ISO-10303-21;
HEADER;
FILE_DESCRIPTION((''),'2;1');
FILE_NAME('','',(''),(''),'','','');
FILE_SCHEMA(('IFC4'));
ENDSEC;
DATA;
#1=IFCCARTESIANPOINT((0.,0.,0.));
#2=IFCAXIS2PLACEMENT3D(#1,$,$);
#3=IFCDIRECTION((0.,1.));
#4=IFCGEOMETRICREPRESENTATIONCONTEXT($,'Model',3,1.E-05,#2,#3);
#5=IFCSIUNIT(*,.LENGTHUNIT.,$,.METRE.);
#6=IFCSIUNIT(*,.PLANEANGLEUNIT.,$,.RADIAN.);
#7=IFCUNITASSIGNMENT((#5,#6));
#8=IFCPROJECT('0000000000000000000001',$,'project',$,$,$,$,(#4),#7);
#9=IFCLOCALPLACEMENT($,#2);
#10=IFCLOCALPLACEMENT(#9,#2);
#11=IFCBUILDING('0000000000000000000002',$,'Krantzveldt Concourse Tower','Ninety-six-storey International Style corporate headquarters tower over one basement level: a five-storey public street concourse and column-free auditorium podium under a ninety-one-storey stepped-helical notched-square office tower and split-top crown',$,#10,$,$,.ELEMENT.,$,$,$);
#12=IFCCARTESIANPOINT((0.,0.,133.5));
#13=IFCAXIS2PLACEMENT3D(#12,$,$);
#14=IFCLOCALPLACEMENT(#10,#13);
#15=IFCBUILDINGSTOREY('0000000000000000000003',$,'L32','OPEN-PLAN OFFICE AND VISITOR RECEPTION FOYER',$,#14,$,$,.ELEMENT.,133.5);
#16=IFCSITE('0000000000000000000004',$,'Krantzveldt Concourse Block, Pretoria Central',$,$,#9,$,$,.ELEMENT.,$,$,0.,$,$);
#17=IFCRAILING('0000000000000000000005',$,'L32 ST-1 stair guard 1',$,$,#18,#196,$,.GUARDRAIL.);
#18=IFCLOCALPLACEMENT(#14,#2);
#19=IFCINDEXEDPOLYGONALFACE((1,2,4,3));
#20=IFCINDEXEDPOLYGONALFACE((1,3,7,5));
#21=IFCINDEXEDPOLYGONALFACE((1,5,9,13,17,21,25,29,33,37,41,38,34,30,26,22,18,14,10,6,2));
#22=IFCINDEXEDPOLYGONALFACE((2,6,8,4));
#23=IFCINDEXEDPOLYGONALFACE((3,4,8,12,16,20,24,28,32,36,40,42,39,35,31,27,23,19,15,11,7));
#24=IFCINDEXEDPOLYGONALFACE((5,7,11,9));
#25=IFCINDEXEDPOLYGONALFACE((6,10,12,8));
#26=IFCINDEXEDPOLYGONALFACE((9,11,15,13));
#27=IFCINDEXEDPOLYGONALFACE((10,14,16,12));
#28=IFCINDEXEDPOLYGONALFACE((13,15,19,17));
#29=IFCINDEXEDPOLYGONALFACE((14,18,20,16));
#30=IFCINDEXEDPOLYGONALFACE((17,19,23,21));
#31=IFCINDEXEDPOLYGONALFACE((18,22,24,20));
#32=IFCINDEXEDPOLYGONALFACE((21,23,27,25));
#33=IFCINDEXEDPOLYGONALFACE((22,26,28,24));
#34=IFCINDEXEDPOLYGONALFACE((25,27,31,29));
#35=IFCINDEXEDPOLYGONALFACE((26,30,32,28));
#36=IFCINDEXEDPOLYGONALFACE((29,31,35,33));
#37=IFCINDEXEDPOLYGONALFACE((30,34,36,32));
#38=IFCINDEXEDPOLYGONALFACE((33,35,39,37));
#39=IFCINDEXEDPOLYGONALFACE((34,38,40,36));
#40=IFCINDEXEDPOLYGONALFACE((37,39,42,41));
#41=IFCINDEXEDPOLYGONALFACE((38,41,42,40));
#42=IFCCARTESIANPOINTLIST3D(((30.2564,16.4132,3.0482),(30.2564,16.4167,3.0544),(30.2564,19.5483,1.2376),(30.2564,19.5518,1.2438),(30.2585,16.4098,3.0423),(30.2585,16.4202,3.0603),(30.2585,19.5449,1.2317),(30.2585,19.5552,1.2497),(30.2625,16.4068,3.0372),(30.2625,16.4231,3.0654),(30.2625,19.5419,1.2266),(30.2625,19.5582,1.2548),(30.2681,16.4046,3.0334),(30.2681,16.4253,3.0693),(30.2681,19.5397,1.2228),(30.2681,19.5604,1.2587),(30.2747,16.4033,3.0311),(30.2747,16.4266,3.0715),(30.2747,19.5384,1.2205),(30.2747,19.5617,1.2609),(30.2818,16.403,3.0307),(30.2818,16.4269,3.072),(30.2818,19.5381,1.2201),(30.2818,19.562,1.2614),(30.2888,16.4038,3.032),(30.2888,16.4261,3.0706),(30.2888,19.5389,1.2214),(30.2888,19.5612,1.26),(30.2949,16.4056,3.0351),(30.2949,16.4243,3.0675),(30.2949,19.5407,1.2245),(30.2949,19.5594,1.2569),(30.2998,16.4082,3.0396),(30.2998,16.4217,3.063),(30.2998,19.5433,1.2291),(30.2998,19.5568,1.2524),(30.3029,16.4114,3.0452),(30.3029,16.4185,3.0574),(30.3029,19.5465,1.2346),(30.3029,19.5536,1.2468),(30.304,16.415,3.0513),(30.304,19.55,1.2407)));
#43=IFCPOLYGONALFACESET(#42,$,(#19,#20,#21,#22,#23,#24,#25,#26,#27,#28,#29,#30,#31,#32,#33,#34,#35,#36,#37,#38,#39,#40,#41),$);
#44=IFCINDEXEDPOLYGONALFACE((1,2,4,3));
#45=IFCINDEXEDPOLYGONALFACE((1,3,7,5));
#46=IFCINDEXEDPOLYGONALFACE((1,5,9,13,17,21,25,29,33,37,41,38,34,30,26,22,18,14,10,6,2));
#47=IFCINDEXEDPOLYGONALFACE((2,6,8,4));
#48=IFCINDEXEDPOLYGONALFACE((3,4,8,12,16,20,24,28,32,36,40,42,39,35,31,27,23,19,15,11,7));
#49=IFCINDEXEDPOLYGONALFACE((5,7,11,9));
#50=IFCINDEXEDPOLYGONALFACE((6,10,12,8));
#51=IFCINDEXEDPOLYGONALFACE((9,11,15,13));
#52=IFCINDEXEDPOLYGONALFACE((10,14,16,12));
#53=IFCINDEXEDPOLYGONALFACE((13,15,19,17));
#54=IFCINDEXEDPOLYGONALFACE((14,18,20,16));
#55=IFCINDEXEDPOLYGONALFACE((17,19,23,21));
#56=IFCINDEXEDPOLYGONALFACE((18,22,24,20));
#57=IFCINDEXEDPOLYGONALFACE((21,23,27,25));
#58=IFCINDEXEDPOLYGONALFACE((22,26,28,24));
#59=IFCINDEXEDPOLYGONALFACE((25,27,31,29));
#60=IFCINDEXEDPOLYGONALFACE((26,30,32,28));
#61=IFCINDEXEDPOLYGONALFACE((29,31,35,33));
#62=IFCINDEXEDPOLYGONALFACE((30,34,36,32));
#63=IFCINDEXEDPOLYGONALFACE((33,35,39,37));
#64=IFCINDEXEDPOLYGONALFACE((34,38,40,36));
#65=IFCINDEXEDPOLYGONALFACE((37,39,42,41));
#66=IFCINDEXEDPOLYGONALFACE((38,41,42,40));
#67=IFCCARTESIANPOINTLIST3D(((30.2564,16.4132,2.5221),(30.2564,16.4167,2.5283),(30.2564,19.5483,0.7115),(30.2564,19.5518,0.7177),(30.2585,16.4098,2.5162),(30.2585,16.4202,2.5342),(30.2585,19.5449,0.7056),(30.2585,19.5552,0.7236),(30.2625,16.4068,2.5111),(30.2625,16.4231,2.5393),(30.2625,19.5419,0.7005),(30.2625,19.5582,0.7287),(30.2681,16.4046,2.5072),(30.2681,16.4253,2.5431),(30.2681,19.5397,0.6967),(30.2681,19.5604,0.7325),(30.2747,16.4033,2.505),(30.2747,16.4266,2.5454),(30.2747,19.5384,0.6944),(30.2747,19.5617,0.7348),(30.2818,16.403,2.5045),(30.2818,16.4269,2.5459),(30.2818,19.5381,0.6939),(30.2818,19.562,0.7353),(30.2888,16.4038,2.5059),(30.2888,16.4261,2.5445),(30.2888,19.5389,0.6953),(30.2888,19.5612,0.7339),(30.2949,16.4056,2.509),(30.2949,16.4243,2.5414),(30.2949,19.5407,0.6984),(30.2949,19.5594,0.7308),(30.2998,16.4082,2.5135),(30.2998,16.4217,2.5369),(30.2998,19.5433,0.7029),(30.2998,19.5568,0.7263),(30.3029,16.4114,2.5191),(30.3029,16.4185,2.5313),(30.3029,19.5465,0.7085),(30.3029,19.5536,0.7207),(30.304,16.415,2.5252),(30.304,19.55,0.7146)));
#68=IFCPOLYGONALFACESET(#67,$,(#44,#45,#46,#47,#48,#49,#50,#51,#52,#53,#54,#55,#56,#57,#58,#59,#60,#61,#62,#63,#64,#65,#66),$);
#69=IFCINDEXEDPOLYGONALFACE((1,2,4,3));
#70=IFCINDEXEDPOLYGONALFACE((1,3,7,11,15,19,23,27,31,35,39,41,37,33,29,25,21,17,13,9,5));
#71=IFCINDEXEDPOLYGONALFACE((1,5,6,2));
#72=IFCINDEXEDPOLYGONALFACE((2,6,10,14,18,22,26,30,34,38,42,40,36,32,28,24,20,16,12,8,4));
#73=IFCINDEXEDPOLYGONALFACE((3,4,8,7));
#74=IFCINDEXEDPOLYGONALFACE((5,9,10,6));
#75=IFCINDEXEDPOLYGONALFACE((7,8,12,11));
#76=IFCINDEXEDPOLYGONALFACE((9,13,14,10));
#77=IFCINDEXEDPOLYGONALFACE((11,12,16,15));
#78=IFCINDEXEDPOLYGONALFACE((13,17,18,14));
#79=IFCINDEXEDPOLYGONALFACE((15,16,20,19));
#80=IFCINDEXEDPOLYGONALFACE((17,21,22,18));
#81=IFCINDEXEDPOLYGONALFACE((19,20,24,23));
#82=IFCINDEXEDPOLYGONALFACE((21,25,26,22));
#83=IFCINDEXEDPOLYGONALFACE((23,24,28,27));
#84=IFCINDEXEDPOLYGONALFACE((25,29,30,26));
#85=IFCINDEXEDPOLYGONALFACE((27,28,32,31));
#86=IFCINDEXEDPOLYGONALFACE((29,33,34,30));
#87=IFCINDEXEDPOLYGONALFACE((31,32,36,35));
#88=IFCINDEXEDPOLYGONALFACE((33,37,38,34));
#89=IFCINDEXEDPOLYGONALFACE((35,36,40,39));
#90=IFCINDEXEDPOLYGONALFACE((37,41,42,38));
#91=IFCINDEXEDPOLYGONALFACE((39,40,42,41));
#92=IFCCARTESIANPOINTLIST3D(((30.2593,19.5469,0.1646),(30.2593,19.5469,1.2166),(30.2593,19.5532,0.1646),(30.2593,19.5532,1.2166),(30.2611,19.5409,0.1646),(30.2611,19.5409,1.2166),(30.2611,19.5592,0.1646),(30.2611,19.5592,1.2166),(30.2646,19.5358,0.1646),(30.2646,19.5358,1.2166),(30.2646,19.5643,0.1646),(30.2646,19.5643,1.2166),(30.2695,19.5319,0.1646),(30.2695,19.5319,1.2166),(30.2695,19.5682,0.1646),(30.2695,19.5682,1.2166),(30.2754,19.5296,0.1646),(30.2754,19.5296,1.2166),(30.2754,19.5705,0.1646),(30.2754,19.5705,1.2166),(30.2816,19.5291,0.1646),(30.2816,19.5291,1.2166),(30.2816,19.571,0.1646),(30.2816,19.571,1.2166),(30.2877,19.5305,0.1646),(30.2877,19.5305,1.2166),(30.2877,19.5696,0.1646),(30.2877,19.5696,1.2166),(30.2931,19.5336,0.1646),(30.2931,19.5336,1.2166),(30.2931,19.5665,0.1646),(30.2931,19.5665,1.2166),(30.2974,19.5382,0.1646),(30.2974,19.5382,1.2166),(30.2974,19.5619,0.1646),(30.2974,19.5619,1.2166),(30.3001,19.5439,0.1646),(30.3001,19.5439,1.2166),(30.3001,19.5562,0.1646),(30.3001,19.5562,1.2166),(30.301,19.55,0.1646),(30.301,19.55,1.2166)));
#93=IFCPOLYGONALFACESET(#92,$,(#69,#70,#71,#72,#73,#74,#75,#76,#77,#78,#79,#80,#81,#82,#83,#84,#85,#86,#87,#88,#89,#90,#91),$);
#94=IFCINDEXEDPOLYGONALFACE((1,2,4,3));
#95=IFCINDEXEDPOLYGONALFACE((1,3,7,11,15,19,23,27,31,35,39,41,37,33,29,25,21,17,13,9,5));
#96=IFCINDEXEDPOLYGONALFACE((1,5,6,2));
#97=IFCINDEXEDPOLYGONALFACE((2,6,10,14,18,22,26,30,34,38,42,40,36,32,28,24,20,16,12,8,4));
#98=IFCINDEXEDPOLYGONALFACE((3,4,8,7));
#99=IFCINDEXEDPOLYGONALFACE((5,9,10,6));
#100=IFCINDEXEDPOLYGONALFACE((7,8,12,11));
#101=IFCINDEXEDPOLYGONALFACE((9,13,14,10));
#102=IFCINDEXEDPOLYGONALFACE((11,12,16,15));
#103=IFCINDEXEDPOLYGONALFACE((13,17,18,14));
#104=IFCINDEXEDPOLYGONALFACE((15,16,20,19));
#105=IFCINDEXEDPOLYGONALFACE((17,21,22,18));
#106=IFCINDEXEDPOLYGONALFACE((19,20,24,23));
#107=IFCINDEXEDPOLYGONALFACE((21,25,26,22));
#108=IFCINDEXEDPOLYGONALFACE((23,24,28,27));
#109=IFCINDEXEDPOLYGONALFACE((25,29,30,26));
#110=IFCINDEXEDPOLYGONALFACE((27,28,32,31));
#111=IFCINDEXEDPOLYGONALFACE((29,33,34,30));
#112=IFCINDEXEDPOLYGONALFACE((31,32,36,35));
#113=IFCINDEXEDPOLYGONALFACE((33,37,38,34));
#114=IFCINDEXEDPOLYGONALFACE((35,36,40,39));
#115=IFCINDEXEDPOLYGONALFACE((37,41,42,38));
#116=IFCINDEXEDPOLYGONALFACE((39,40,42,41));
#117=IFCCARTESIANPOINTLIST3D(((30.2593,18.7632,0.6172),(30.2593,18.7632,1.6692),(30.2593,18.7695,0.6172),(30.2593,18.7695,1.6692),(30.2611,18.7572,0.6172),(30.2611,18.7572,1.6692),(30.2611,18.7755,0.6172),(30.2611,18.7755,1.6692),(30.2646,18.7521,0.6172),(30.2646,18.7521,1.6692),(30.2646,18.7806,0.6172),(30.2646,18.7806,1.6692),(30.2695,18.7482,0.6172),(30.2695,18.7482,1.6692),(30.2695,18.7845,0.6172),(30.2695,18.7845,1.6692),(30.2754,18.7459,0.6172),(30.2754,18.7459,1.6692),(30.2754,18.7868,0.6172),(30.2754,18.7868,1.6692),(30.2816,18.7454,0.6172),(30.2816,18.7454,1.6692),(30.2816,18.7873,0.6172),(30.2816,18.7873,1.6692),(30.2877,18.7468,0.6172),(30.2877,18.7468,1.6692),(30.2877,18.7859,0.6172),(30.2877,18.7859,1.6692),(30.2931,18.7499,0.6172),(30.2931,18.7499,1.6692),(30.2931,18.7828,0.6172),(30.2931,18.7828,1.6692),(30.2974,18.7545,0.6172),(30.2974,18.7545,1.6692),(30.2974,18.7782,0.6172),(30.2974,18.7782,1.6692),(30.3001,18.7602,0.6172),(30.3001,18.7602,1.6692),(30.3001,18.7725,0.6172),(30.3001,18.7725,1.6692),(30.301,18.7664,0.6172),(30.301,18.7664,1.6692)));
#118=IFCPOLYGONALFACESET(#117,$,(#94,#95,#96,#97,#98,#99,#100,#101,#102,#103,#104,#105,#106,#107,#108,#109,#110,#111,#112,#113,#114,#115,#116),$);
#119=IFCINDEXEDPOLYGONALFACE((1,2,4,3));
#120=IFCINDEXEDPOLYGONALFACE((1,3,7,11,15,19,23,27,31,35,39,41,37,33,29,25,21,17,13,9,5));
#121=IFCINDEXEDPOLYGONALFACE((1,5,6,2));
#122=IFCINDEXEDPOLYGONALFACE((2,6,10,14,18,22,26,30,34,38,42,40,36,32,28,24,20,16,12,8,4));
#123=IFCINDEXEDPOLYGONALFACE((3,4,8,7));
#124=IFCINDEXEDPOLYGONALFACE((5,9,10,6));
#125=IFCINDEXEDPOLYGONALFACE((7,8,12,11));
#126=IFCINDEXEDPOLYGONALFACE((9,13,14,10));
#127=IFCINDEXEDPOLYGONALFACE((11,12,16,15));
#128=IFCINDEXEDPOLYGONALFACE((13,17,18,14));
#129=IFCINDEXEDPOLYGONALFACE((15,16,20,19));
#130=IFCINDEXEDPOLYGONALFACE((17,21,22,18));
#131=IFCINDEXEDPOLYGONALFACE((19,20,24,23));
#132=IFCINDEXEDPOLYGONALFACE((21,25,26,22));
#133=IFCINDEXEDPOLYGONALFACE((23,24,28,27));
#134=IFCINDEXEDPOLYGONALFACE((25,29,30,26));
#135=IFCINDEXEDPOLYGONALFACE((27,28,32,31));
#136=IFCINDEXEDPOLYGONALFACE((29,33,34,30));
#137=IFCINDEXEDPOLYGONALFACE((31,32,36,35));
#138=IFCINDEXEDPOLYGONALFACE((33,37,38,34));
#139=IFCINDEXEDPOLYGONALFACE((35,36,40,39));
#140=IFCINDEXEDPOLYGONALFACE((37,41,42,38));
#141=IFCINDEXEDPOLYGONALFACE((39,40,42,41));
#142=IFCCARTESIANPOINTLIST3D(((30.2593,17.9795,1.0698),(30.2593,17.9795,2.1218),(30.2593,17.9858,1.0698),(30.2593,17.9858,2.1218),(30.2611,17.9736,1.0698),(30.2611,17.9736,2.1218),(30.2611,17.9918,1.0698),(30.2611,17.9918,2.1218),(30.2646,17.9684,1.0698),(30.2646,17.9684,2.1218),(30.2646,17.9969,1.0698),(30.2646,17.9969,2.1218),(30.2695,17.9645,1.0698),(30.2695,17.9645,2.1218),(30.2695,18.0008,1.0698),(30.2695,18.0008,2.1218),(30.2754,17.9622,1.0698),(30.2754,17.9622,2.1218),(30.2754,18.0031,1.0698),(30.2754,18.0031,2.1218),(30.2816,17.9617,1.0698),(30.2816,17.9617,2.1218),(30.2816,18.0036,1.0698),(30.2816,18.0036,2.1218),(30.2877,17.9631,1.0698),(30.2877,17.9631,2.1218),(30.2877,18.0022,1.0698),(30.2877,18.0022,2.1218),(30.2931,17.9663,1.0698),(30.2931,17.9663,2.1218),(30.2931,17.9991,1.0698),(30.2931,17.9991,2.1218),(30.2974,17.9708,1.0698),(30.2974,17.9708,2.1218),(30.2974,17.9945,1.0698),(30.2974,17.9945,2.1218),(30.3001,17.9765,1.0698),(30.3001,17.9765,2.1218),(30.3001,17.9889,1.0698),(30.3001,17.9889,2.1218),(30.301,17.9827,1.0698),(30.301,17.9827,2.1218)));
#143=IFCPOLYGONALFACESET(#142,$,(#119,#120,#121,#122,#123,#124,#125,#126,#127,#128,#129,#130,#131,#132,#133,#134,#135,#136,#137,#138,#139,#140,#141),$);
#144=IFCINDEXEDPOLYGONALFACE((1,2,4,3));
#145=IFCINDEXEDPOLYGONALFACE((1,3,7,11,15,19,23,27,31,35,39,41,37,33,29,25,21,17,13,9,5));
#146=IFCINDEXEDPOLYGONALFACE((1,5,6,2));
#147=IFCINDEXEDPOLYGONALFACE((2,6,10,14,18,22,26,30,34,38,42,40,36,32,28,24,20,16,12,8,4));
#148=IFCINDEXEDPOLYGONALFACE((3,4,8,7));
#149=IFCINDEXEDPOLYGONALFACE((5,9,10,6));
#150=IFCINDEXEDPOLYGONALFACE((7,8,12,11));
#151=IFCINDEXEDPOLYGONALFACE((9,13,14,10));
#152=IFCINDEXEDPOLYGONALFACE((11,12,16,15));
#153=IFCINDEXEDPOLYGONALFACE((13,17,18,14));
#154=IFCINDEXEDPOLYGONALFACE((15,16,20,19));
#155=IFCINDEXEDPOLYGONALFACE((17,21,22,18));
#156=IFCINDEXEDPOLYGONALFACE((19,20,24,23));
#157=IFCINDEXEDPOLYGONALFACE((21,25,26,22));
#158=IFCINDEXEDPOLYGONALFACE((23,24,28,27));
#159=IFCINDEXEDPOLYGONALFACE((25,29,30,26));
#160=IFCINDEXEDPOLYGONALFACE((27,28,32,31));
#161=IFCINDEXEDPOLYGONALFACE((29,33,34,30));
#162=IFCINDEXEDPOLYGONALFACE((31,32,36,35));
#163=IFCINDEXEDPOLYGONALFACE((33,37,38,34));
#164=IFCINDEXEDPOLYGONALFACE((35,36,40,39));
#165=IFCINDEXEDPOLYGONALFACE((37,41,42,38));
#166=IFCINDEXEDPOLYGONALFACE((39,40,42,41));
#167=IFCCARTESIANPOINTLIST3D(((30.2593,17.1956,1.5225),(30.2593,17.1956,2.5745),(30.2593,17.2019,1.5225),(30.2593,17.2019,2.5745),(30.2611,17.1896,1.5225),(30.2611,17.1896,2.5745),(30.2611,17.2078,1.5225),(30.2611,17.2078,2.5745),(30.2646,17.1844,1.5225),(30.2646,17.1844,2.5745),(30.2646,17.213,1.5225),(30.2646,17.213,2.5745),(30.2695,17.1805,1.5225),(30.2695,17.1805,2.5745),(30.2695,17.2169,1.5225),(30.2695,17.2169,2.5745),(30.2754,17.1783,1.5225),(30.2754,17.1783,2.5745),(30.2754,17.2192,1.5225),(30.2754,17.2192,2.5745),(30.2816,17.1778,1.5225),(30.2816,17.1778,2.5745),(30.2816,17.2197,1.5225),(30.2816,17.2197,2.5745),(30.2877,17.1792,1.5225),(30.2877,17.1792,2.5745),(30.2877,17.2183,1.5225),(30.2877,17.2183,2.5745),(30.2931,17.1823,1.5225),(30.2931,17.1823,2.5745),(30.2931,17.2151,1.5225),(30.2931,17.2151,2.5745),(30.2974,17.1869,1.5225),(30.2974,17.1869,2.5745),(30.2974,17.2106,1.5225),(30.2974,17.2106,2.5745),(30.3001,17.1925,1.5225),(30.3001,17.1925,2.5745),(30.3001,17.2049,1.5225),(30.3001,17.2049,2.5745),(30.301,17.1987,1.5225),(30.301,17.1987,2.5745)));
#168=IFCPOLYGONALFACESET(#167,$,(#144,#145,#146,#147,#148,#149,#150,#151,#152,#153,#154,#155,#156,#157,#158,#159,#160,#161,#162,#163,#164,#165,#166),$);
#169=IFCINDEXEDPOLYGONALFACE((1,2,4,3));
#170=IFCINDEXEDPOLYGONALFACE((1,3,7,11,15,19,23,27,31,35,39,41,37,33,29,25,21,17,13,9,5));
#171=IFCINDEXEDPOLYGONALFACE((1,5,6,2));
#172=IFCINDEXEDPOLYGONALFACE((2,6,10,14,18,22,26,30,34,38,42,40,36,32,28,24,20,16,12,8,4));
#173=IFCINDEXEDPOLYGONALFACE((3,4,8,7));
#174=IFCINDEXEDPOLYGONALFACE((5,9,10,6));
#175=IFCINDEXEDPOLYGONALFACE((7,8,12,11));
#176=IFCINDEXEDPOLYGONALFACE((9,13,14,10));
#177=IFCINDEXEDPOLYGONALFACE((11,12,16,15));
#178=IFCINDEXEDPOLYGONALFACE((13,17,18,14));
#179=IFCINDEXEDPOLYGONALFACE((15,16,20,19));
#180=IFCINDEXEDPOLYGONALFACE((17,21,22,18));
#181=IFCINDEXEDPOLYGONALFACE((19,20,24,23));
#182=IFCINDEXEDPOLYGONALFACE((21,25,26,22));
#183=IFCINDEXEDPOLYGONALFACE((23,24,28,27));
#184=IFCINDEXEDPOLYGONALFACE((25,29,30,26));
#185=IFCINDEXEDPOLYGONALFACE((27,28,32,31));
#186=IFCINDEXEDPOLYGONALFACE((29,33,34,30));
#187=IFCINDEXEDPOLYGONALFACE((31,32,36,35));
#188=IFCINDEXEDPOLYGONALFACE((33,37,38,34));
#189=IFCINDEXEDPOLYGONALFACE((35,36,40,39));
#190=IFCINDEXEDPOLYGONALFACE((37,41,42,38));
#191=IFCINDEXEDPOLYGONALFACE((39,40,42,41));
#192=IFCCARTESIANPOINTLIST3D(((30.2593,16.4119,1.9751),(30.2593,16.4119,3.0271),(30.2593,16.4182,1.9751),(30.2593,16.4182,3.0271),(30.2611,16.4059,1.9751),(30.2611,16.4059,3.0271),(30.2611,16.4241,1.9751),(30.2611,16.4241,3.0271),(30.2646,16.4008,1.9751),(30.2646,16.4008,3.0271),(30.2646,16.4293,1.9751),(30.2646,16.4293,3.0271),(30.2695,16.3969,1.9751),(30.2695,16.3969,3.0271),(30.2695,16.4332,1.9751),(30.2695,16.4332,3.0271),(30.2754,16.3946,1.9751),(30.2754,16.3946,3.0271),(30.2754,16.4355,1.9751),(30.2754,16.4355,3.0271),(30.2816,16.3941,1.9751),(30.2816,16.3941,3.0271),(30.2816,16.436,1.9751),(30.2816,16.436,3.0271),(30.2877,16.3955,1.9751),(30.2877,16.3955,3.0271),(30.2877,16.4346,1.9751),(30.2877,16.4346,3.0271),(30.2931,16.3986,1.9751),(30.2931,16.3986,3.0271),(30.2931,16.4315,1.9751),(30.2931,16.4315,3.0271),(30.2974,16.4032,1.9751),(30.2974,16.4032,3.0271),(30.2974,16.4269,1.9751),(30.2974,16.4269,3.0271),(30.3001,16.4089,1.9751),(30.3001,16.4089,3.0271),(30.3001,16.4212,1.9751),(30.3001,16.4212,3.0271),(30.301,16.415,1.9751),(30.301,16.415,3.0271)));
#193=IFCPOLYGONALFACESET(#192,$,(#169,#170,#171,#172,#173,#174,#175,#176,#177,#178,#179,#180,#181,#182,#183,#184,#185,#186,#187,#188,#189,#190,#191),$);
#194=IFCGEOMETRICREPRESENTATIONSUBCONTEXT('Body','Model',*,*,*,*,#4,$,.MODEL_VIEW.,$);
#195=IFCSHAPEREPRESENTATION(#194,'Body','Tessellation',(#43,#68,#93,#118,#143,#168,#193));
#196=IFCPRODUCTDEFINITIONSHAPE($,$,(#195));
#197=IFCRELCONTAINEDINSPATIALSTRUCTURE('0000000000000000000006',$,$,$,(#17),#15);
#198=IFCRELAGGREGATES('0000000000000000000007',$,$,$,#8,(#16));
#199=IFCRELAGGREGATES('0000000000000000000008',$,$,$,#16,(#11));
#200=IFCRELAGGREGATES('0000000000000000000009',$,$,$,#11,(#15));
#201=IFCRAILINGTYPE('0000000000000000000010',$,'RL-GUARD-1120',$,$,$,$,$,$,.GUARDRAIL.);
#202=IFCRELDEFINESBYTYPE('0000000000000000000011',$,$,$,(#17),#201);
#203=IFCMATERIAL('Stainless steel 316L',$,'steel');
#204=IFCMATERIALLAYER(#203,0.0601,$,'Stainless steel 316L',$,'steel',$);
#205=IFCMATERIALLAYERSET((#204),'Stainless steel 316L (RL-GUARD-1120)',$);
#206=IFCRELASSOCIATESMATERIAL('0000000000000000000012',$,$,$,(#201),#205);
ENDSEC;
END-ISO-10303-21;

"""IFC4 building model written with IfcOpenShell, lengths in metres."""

from ifc_helpers import new_model, si_unit, direction, frame, origin, origin_2d, place, context, subcontext, project, spatial, circle, extrude, material, layer, layer_set, type_object, element, save


model = new_model("IFC4")

# Units and contexts
model_context = context("Model", 3, precision=1e-05, world=origin(), true_north=direction((0.0, 1.0)))
body_context = subcontext(model_context, "Body", "Model", "MODEL_VIEW")
ifc_project = project(units=[si_unit("LENGTHUNIT", "METRE"), si_unit("PLANEANGLEUNIT", "RADIAN")], contexts=[model_context])

# Site, building, storey
site_placement = place(None, origin())
site = spatial("IfcSite", under=ifc_project, at=site_placement, Name="Krantzveldt Concourse Block, Pretoria Central", CompositionType="ELEMENT", RefElevation=0.0)
building_placement = place(site_placement, origin())
building = spatial("IfcBuilding", under=site, at=building_placement, Name="Krantzveldt Concourse Tower", Description="Ninety-six-storey International Style corporate headquarters tower over one basement level: a five-storey public street concourse and column-free auditorium podium under a ninety-one-storey stepped-helical notched-square office tower and split-top crown", CompositionType="ELEMENT")
storey_placement = place(building_placement, frame((0.0, 0.0, 133.5)))
storey = spatial("IfcBuildingStorey", under=building, at=storey_placement, Name="L32", Description="OPEN-PLAN OFFICE AND VISITOR RECEPTION FOYER", CompositionType="ELEMENT", Elevation=133.5)

# Shared definitions
ifc_material_1 = material(Name="Stainless steel 316L", Category="steel")

# Railing
ifc_layer_1 = layer(ifc_material_1, 0.0601, Name="Stainless steel 316L", Category="steel")
ifc_layer_set_1 = layer_set([ifc_layer_1], Name="Stainless steel 316L (RL-GUARD-1120)")
railing_type_1 = type_object("IfcRailingType", Name="RL-GUARD-1120", PredefinedType="GUARDRAIL", material=ifc_layer_set_1)
railing_1_placement = place(storey_placement, frame((30.28, 19.55, 0.1646)))
element("IfcRailing", 1, at=railing_1_placement, inside=storey, type_object=railing_type_1, Name="L32 ST-1 stair guard 1", PredefinedType="GUARDRAIL", context=body_context, shape_type="SweptSolid", body=[
    extrude(circle(Radius=0.0239, at=origin_2d()), frame((0.0, 0.0, 1.0762), z_axis=(0.0, -0.86596, 0.500114), x_axis=(1.0, 0.0, 0.0)), (0.0, 0.0, 1.0), 3.6204),
    extrude(circle(Radius=0.0239, at=origin_2d()), frame((0.0, 0.0, 0.55), z_axis=(0.0, -0.86596, 0.500114), x_axis=(1.0, 0.0, 0.0)), (0.0, 0.0, 1.0), 3.6204),
    extrude(circle(Radius=0.021, at=origin_2d()), origin(), (0.0, 0.0, 1.0), 1.052),
    extrude(circle(Radius=0.021, at=origin_2d()), frame((0.0, -0.7837, 0.4526)), (0.0, 0.0, 1.0), 1.052),
    extrude(circle(Radius=0.021, at=origin_2d()), frame((0.0, -1.5674, 0.9053)), (0.0, 0.0, 1.0), 1.052),
    extrude(circle(Radius=0.021, at=origin_2d()), frame((0.0, -2.3513, 1.3579)), (0.0, 0.0, 1.0), 1.052),
    extrude(circle(Radius=0.021, at=origin_2d()), frame((0.0, -3.135, 1.8105)), (0.0, 0.0, 1.0), 1.052),
])

save(model, "model.ifc")
